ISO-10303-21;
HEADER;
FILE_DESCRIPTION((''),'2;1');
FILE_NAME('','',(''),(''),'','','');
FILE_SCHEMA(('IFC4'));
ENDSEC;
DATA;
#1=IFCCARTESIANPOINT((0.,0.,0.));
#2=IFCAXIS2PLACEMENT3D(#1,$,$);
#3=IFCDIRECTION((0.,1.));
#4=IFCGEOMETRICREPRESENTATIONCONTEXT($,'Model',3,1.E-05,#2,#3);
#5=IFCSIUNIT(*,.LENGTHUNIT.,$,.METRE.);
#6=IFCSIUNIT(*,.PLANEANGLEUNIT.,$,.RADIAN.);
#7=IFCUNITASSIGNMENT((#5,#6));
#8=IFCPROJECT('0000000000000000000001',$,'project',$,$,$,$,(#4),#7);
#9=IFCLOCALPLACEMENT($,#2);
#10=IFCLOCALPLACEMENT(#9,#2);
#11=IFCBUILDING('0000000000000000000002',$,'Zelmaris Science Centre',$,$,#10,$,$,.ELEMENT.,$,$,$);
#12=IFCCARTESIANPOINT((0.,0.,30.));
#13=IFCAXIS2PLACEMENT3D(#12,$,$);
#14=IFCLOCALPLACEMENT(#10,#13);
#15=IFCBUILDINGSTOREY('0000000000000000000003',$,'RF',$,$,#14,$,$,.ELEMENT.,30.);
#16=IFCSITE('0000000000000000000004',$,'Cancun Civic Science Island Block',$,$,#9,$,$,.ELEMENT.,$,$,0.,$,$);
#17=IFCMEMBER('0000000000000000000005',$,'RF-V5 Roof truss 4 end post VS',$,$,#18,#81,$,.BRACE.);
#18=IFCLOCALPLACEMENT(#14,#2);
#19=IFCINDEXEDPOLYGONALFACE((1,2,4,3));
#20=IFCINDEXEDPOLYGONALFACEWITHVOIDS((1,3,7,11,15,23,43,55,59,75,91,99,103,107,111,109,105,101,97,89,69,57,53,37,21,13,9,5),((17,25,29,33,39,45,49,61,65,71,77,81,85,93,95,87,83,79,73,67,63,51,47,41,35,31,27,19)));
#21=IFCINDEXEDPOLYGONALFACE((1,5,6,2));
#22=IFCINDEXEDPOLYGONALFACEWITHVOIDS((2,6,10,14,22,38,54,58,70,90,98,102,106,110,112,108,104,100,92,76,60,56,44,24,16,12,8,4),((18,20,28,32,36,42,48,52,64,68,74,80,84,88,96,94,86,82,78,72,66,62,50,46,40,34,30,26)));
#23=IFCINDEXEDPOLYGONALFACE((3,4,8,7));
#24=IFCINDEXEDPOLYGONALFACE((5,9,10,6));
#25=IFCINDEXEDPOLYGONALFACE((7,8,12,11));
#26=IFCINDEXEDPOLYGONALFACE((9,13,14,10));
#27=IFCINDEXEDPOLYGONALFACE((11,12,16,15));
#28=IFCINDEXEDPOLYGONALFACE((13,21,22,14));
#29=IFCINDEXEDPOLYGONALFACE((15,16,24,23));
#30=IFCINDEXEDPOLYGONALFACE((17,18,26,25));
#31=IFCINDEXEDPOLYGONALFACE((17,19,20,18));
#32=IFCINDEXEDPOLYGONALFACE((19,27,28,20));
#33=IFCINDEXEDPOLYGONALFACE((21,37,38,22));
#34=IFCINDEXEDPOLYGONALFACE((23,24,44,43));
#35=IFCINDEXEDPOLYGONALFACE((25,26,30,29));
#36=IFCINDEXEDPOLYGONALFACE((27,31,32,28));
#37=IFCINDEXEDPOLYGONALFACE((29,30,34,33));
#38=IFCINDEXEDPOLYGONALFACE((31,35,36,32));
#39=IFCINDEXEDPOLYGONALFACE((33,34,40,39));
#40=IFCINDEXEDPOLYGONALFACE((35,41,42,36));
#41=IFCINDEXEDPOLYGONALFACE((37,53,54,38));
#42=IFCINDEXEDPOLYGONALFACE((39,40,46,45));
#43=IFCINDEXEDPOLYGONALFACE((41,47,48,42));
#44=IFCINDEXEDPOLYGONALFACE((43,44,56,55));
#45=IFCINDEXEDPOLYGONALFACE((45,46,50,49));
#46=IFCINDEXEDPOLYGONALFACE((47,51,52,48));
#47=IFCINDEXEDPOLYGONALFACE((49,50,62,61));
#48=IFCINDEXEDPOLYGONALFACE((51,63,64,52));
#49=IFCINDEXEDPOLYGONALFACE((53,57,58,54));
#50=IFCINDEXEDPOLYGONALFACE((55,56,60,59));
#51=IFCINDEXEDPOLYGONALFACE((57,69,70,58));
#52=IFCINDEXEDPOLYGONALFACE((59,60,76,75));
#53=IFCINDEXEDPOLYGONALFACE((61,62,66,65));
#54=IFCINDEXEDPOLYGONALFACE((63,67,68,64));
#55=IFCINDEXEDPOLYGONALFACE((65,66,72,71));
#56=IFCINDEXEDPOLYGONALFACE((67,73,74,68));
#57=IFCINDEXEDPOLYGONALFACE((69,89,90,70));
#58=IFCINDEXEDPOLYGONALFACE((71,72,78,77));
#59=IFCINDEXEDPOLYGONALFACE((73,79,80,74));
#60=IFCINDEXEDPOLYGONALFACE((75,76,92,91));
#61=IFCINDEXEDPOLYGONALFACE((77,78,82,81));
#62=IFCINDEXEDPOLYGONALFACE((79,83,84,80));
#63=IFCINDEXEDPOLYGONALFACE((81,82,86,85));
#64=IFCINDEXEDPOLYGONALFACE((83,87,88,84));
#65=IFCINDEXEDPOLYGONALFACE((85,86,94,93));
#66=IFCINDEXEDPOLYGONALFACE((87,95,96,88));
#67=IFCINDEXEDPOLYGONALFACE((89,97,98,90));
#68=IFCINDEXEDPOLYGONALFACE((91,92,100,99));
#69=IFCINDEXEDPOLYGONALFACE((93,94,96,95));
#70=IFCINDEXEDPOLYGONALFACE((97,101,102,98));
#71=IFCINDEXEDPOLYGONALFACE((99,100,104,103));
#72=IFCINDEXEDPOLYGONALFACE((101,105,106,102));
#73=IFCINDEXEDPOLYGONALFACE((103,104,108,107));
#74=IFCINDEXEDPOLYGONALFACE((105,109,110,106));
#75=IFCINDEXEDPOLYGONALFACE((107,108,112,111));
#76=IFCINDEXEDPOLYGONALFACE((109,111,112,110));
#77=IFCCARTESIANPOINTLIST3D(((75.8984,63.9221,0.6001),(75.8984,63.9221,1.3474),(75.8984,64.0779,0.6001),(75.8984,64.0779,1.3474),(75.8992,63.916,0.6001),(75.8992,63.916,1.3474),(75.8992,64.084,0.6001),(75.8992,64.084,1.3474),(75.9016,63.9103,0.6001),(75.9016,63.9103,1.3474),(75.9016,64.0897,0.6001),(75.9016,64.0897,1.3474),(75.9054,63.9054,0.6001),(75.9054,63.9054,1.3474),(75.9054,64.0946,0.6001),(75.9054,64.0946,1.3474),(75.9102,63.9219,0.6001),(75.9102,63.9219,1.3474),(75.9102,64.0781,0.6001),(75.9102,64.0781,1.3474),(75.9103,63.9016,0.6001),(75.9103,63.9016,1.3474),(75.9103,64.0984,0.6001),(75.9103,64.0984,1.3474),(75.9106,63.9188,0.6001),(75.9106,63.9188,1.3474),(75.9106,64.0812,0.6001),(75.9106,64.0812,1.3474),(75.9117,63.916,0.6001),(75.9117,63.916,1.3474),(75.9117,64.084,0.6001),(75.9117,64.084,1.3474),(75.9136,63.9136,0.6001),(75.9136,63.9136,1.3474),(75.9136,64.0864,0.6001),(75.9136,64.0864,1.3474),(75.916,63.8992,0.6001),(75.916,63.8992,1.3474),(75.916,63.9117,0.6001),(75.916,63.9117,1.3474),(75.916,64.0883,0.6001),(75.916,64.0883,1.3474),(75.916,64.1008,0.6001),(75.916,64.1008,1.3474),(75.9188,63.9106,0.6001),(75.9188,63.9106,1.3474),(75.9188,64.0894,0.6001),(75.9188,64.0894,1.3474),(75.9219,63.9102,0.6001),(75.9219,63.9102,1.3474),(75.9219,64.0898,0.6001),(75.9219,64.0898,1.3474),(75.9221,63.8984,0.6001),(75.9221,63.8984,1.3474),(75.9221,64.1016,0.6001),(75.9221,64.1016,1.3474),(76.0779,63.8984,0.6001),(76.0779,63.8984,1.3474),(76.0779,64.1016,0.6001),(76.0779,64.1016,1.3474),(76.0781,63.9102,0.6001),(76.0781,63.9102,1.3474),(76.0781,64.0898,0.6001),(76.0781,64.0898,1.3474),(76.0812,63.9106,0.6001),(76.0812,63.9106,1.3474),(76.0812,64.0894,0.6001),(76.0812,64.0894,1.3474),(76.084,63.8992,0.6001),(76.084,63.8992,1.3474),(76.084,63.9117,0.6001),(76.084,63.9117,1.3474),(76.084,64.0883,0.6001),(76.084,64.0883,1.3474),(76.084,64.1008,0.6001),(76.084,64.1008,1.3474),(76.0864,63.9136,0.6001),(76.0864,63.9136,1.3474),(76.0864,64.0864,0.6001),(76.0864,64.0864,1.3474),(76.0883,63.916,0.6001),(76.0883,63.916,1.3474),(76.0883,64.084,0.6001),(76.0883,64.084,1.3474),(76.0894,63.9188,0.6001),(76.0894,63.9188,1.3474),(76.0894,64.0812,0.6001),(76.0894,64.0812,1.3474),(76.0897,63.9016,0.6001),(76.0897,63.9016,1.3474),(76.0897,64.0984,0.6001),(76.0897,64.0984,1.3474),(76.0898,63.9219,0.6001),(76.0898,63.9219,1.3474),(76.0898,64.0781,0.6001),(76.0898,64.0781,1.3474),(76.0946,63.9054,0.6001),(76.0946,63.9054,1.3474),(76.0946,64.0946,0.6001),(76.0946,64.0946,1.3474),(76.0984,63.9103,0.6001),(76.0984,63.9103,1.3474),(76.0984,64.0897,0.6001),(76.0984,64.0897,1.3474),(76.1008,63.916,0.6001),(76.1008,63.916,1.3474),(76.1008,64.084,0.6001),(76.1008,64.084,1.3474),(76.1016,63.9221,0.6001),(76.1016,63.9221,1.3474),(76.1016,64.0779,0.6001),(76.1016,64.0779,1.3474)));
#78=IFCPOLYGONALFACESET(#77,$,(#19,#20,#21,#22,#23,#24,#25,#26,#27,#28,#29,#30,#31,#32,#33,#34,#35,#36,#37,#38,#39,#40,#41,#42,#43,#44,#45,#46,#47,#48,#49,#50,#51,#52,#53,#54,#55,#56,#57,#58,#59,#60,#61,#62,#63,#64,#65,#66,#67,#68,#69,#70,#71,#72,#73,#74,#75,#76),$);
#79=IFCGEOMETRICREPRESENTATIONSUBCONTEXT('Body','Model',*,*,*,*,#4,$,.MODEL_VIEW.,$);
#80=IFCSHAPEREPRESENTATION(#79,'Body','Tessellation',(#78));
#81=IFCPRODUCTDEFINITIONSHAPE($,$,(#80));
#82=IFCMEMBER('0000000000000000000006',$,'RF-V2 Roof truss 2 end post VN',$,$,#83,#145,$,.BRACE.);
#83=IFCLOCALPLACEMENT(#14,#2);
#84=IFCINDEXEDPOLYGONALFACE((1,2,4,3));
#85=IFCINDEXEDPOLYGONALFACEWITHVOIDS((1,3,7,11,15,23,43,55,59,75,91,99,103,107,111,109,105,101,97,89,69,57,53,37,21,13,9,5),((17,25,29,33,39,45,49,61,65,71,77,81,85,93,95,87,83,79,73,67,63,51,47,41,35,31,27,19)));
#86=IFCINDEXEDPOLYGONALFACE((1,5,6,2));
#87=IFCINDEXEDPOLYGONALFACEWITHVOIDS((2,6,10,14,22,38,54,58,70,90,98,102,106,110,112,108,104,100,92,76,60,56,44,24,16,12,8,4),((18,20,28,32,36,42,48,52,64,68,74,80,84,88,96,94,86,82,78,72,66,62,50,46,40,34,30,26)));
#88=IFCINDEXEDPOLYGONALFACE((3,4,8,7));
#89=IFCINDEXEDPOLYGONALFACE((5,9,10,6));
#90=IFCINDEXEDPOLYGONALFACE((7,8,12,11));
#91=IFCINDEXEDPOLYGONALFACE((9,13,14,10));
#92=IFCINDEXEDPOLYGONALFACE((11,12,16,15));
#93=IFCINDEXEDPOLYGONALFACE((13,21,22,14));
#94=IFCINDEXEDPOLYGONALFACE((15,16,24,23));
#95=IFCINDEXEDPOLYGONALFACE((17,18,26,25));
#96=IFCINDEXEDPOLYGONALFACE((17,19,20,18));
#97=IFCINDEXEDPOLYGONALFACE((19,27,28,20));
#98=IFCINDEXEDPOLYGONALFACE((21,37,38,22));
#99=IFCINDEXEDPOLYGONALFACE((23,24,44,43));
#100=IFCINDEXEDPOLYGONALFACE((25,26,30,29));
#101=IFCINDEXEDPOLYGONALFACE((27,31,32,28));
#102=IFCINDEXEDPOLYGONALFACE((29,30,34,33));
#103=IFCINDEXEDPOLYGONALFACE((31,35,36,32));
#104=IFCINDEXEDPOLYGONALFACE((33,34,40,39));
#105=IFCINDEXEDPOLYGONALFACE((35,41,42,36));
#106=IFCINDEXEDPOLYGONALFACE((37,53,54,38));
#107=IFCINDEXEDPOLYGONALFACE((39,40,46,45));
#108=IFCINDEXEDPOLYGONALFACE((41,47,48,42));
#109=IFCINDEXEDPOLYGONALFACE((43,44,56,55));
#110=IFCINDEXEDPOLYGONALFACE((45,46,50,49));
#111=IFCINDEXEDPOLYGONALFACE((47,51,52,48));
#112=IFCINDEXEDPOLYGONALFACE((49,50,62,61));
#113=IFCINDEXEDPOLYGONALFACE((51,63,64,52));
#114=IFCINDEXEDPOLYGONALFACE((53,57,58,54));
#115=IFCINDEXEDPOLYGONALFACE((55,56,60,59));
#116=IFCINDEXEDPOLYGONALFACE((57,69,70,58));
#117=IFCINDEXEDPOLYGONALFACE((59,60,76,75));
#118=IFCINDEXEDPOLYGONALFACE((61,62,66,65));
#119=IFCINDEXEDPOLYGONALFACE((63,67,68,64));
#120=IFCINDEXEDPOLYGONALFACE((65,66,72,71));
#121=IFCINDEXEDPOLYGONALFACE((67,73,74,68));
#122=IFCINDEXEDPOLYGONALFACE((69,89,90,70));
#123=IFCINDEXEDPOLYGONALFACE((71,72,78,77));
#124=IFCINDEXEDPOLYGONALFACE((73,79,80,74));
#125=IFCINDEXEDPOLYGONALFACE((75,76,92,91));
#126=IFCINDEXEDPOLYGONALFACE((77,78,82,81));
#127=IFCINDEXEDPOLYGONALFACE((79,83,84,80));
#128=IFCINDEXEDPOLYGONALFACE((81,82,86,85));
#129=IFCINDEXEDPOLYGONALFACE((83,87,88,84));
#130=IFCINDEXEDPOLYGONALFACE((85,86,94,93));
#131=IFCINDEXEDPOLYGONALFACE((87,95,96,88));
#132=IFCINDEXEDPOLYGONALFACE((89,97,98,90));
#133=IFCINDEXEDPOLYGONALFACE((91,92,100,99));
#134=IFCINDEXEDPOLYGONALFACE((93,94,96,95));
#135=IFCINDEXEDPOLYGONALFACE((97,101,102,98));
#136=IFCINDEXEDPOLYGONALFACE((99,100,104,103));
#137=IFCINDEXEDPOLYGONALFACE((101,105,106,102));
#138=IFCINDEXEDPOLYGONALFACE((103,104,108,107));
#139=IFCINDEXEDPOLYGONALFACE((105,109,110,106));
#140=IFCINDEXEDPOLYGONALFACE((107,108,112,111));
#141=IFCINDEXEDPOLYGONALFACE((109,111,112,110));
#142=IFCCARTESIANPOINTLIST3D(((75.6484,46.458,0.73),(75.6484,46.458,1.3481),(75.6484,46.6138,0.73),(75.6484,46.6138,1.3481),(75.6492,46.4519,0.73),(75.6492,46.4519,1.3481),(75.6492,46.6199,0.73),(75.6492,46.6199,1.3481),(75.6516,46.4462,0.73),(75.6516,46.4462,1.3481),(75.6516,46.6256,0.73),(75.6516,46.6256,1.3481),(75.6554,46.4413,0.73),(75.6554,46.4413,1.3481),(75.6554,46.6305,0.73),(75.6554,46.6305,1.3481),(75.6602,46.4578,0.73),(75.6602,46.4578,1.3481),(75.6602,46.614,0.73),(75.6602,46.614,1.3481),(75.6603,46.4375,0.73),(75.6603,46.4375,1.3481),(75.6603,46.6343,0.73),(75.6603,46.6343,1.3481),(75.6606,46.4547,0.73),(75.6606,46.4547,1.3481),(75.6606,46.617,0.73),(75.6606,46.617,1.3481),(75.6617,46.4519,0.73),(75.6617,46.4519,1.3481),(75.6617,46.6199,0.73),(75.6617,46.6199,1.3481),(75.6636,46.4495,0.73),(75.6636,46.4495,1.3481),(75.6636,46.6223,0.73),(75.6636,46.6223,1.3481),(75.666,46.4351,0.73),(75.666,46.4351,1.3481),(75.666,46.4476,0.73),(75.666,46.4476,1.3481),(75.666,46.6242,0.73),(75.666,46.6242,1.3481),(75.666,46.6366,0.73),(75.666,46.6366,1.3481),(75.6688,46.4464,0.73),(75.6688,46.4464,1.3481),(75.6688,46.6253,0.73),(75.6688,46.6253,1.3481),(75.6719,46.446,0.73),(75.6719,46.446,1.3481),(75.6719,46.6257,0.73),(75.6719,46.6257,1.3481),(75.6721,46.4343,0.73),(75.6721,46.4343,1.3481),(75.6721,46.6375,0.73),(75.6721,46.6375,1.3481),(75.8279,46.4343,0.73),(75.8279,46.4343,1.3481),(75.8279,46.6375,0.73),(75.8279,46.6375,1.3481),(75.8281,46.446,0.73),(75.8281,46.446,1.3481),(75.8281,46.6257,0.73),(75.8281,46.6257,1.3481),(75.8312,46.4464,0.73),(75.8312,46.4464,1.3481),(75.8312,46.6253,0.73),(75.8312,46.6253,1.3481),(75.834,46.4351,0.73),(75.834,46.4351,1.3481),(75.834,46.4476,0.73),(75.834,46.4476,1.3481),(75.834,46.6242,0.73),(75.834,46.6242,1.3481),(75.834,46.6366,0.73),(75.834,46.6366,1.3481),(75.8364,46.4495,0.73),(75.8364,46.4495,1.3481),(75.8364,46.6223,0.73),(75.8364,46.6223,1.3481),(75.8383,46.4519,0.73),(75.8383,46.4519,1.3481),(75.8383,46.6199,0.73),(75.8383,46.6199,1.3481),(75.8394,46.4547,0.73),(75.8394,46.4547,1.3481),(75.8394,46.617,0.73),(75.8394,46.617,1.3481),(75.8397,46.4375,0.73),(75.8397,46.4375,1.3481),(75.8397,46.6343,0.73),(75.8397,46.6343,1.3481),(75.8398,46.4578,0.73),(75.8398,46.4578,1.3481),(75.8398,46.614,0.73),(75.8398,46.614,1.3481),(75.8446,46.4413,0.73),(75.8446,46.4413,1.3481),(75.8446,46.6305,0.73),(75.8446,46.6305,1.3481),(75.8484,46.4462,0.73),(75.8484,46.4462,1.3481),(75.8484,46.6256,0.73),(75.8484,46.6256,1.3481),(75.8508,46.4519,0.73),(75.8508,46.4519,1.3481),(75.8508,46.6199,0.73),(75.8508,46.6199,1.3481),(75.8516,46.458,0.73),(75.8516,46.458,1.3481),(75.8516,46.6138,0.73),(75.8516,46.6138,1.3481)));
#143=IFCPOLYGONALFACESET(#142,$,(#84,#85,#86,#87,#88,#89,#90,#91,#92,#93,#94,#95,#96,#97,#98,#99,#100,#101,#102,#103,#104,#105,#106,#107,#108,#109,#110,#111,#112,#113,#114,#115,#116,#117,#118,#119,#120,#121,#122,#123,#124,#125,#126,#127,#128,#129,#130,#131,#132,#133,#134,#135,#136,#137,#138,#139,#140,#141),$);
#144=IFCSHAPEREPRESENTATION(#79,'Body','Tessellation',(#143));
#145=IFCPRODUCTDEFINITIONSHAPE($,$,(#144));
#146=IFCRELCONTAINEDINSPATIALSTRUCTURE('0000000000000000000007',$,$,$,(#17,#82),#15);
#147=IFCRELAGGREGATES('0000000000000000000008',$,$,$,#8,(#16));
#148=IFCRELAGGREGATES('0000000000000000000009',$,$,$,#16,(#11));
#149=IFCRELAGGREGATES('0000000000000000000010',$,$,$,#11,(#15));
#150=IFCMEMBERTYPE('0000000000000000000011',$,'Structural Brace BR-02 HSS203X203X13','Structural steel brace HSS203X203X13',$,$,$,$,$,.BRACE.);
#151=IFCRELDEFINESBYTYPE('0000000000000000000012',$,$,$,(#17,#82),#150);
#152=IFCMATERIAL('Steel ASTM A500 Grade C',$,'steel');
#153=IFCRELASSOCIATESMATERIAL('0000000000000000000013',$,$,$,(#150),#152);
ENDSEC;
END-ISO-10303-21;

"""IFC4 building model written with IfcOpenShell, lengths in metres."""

from ifc_helpers import new_model, si_unit, direction, frame, origin, origin_2d, place, context, subcontext, project, spatial, hollow_rectangle, extrude, material, material_profile, profile_set, type_object, element, save


model = new_model("IFC4")

# Units and contexts
model_context = context("Model", 3, precision=1e-05, world=origin(), true_north=direction((0.0, 1.0)))
body_context = subcontext(model_context, "Body", "Model", "MODEL_VIEW")
ifc_project = project(units=[si_unit("LENGTHUNIT", "METRE"), si_unit("PLANEANGLEUNIT", "RADIAN")], contexts=[model_context])

# Site, building, storey
site_placement = place(None, origin())
site = spatial("IfcSite", under=ifc_project, at=site_placement, Name="Cancun Civic Science Island Block", CompositionType="ELEMENT", RefElevation=0.0)
building_placement = place(site_placement, origin())
building = spatial("IfcBuilding", under=site, at=building_placement, Name="Zelmaris Science Centre", CompositionType="ELEMENT")
storey_placement = place(building_placement, frame((0.0, 0.0, 30.0)))
storey = spatial("IfcBuildingStorey", under=building, at=storey_placement, Name="RF", CompositionType="ELEMENT", Elevation=30.0)

# Shared definitions
ifc_material = material(Name="Steel ASTM A500 Grade C", Category="steel")

# Members
ifc_material_profile_1 = material_profile(ifc_material, hollow_rectangle(XDim=0.2031, YDim=0.2031, WallThickness=0.0117, InnerFilletRadius=0.0117, OuterFilletRadius=0.0237, at=origin_2d()), Name="HSS203X203X13")
ifc_profile_set_1 = profile_set([ifc_material_profile_1], Name="Steel ASTM A500 Grade C")
member_type_1 = type_object("IfcMemberType", Name="Structural Brace BR-02 HSS203X203X13", Description="Structural steel brace HSS203X203X13", PredefinedType="BRACE", material=ifc_profile_set_1)
for number, where, z_axis, x_axis, name in (
    (1, (76.0, 64.0, 0.6001), (0.0, 0.0, 1.0), (1.0, 0.0, 0.0), "RF-V5 Roof truss 4 end post VS"),
):
    element("IfcMember", number, at=place(storey_placement, frame(where, z_axis=z_axis, x_axis=x_axis)), inside=storey, type_object=member_type_1, Name=name, PredefinedType="BRACE", context=body_context, shape_type="SweptSolid", body=[
        extrude(hollow_rectangle(XDim=0.2031, YDim=0.2031, WallThickness=0.0117, InnerFilletRadius=0.0117, OuterFilletRadius=0.0237, at=origin_2d()), origin(), (0.0, 0.0, 1.0), 0.7473),
    ])
for number, where, z_axis, x_axis, name in (
    (2, (75.75, 46.5359, 0.73), (0.0, 0.0, 1.0), (1.0, 0.0, 0.0), "RF-V2 Roof truss 2 end post VN"),
):
    element("IfcMember", number, at=place(storey_placement, frame(where, z_axis=z_axis, x_axis=x_axis)), inside=storey, type_object=member_type_1, Name=name, PredefinedType="BRACE", context=body_context, shape_type="SweptSolid", body=[
        extrude(hollow_rectangle(XDim=0.2031, YDim=0.2031, WallThickness=0.0117, InnerFilletRadius=0.0117, OuterFilletRadius=0.0237, at=origin_2d()), origin(), (0.0, 0.0, 1.0), 0.6182),
    ])

save(model, "model.ifc")
